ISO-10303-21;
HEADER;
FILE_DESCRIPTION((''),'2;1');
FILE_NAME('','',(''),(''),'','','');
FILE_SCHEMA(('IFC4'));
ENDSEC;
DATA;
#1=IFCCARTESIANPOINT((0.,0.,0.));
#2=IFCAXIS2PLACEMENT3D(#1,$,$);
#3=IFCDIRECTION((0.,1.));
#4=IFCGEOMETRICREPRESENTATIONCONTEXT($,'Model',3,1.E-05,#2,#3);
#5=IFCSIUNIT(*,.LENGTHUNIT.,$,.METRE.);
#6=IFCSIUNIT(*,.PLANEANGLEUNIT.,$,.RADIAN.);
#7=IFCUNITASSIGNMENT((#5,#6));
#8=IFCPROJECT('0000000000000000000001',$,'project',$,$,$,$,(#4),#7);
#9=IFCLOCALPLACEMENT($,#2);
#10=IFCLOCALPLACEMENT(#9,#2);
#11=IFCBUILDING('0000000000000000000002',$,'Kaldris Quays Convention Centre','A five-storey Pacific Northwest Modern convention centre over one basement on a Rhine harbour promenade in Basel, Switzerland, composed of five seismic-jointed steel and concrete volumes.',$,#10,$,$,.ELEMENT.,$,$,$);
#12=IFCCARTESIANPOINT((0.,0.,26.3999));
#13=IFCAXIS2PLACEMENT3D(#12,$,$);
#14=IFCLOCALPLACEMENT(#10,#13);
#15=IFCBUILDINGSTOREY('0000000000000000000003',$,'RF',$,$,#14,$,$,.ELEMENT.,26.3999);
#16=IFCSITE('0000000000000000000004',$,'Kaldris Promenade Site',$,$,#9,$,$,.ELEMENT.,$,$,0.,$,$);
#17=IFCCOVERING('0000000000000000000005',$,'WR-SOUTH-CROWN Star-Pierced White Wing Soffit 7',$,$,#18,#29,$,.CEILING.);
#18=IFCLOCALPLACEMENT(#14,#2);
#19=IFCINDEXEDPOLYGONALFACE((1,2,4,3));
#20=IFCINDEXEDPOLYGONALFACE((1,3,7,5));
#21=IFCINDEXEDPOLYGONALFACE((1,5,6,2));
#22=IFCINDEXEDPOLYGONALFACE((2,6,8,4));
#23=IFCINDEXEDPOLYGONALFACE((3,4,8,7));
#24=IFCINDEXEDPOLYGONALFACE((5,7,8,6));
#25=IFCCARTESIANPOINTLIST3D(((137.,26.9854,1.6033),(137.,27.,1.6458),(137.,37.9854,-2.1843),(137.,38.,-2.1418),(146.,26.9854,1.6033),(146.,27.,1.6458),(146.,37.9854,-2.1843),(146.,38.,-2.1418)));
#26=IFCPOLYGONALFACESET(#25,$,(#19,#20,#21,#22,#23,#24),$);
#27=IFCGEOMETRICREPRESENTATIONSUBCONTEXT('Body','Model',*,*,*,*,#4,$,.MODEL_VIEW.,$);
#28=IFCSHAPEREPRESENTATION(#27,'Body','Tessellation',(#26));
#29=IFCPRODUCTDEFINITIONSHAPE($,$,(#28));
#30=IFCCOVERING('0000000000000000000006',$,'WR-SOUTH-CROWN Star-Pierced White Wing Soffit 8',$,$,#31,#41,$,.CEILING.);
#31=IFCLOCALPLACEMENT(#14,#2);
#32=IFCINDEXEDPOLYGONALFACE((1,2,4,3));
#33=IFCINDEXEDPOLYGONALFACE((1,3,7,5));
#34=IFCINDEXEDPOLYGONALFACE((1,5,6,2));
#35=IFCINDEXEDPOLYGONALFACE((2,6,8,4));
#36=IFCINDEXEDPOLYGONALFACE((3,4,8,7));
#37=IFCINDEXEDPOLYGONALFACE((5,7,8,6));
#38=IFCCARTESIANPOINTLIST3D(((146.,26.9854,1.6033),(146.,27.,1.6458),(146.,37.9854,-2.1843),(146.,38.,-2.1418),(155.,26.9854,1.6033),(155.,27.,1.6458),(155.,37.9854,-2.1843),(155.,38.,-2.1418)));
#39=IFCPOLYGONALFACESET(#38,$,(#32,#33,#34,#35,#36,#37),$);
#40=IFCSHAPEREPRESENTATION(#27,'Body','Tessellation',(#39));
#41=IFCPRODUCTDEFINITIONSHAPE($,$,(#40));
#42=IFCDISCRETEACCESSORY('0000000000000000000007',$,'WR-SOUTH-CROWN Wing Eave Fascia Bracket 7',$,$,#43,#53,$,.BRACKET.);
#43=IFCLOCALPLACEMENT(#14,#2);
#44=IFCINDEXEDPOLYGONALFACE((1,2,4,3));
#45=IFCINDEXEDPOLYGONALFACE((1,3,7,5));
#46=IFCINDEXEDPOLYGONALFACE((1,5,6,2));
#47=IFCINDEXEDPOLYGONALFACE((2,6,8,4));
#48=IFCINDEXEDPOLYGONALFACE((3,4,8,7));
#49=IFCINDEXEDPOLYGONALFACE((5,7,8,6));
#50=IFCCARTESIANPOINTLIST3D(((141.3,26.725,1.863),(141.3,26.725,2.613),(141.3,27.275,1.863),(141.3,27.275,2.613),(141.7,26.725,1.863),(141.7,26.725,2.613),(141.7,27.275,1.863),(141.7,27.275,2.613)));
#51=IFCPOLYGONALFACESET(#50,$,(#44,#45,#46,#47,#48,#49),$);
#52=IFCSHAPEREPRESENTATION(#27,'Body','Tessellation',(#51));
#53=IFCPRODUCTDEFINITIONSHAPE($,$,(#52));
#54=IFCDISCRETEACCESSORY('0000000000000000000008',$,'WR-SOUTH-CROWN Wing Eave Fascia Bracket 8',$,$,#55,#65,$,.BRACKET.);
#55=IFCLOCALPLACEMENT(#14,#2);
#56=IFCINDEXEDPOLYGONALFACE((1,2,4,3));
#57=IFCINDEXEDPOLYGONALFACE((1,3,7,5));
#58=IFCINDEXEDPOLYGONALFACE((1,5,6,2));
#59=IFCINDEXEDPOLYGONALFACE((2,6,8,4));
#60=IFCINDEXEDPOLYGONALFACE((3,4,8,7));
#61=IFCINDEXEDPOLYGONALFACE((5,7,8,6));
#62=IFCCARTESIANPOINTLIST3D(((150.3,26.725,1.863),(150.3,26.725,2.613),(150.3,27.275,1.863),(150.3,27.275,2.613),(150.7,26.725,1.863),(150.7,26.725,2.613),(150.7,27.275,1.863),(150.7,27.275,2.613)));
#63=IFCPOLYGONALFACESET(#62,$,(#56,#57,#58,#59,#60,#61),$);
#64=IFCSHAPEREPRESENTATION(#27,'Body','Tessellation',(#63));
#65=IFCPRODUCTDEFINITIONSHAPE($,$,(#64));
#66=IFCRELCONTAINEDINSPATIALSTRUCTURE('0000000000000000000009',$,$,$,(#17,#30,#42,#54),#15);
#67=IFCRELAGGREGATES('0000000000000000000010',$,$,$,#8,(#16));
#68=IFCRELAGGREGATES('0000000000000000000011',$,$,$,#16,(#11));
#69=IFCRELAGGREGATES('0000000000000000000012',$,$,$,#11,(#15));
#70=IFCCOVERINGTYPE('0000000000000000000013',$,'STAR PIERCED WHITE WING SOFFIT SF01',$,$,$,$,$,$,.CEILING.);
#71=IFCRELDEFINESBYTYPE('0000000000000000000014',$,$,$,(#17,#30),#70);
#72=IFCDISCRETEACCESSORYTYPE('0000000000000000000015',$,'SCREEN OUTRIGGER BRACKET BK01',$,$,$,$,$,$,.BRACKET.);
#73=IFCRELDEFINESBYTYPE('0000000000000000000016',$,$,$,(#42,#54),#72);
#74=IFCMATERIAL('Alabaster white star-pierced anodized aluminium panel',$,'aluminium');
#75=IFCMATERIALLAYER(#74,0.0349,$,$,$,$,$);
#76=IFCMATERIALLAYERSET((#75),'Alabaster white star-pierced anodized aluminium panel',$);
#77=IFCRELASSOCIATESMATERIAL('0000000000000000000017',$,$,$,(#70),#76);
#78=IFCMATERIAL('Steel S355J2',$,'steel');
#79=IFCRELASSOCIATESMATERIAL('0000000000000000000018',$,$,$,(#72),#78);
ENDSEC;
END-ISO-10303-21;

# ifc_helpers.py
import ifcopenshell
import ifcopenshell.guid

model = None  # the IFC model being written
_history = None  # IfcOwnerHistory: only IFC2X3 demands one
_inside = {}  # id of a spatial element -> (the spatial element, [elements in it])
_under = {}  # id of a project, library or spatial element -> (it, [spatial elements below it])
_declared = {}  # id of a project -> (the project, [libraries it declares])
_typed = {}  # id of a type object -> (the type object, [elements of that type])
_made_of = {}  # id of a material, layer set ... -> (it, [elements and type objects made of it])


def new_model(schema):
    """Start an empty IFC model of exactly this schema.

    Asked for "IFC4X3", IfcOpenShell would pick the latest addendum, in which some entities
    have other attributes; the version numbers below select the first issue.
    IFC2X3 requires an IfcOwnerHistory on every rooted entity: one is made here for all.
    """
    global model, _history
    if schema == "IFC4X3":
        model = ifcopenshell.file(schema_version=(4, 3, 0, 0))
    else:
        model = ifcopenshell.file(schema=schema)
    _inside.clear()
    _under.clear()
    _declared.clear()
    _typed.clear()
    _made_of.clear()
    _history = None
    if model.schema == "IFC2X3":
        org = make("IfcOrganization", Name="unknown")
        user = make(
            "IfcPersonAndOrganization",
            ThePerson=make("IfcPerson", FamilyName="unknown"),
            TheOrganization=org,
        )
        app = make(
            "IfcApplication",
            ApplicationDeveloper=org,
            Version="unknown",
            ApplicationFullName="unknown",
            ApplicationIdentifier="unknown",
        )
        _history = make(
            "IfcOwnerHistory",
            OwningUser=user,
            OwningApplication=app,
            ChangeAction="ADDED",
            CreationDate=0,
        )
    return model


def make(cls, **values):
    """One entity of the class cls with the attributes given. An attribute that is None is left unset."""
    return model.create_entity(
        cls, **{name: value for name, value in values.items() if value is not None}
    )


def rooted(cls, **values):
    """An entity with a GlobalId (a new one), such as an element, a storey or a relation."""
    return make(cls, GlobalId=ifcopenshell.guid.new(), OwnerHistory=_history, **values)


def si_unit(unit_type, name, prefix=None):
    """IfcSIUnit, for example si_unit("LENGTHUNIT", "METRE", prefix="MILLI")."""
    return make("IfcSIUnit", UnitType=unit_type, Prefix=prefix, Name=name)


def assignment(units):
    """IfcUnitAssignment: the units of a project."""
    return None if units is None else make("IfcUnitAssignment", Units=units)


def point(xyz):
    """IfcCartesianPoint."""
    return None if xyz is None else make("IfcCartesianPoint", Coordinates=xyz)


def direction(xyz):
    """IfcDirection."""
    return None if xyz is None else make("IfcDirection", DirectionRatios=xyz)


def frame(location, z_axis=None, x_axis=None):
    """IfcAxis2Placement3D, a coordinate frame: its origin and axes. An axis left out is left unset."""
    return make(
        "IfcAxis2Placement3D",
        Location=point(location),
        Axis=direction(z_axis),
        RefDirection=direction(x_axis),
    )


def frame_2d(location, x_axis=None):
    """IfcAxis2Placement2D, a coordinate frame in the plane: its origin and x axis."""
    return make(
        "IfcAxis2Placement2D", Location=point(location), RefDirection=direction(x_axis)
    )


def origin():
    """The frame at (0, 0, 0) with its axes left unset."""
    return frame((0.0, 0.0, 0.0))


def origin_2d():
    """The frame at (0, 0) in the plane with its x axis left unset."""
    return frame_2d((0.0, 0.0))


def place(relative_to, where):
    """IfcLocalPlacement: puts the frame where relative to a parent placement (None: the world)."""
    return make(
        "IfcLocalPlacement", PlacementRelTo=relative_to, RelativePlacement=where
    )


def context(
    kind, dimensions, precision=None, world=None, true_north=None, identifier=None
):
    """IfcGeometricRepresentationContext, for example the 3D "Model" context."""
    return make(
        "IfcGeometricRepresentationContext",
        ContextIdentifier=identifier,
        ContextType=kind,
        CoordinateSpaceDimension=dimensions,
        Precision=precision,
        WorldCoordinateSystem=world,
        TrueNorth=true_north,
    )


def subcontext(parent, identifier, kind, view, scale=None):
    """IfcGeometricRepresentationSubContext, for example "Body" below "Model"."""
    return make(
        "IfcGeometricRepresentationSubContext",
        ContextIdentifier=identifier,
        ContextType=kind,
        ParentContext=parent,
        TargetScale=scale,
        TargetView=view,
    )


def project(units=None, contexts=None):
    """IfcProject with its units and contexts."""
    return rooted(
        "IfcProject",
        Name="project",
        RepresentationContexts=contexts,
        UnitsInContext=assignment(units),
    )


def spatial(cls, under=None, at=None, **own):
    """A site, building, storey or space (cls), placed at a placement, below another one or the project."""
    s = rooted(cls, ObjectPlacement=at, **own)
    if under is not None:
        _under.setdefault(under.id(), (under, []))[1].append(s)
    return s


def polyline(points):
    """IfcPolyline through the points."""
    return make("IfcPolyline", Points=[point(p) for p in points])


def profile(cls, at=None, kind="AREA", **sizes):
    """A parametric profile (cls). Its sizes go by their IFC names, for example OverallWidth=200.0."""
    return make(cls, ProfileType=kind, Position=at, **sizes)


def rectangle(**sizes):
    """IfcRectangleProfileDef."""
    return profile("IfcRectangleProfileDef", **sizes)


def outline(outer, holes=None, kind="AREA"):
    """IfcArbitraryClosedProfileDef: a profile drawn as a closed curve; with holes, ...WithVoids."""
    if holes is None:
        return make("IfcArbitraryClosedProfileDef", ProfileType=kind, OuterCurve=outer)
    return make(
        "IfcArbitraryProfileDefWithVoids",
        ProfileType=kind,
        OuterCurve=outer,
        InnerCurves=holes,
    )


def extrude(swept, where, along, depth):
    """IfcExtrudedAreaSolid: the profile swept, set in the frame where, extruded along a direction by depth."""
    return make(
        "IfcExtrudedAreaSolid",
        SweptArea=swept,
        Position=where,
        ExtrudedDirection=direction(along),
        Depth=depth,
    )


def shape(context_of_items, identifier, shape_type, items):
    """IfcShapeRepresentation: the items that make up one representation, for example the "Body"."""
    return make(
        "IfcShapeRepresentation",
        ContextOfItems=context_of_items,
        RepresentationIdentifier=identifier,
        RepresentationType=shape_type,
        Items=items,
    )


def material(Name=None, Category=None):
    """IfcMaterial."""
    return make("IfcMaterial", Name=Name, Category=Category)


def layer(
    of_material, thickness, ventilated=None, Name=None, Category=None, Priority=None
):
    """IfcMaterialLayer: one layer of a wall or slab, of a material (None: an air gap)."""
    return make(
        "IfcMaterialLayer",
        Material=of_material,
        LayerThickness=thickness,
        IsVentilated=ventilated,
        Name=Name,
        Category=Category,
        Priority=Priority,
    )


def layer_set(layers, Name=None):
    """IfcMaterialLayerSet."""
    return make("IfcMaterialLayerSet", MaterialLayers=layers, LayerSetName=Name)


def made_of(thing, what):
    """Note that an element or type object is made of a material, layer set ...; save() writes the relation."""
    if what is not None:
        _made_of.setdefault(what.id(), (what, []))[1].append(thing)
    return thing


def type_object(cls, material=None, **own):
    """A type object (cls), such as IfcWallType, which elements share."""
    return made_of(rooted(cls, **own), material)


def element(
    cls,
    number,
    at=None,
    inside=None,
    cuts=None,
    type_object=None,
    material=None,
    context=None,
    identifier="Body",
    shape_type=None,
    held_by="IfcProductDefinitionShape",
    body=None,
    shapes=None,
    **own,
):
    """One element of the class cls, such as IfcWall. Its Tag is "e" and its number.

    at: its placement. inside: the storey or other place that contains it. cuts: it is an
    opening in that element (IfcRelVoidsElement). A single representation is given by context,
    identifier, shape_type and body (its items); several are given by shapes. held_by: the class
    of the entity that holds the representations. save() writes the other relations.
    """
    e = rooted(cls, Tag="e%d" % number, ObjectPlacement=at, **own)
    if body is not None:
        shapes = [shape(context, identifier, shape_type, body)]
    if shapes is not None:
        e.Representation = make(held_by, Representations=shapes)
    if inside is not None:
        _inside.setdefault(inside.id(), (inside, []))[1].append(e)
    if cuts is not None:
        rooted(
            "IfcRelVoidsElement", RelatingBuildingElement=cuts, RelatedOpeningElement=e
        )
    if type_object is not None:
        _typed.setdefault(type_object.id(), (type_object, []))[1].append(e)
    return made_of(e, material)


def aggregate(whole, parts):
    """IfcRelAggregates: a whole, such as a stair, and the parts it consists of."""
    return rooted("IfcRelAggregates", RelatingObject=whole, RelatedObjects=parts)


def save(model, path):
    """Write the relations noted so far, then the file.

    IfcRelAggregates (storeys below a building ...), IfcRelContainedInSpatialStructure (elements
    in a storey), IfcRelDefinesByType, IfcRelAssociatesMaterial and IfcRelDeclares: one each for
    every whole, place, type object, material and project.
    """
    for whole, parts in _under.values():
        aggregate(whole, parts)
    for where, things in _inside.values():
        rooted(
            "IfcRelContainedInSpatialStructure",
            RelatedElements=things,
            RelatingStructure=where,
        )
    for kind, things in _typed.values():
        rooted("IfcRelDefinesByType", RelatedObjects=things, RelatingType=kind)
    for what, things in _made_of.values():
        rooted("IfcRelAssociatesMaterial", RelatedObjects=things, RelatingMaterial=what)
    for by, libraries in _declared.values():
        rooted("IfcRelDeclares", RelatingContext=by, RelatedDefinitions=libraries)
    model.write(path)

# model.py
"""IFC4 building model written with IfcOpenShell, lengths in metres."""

from ifc_helpers import new_model, si_unit, direction, frame, origin, origin_2d, place, context, subcontext, project, spatial, polyline, rectangle, outline, extrude, material, layer, layer_set, type_object, element, save


model = new_model("IFC4")

# Units and contexts
model_context = context("Model", 3, precision=1e-05, world=origin(), true_north=direction((0.0, 1.0)))
body_context = subcontext(model_context, "Body", "Model", "MODEL_VIEW")
ifc_project = project(units=[si_unit("LENGTHUNIT", "METRE"), si_unit("PLANEANGLEUNIT", "RADIAN")], contexts=[model_context])

# Site, building, storey
site_placement = place(None, origin())
site = spatial("IfcSite", under=ifc_project, at=site_placement, Name="Kaldris Promenade Site", CompositionType="ELEMENT", RefElevation=0.0)
building_placement = place(site_placement, origin())
building = spatial("IfcBuilding", under=site, at=building_placement, Name="Kaldris Quays Convention Centre", Description="A five-storey Pacific Northwest Modern convention centre over one basement on a Rhine harbour promenade in Basel, Switzerland, composed of five seismic-jointed steel and concrete volumes.", CompositionType="ELEMENT")
storey_placement = place(building_placement, frame((0.0, 0.0, 26.3999)))
storey = spatial("IfcBuildingStorey", under=building, at=storey_placement, Name="RF", CompositionType="ELEMENT", Elevation=26.3999)

# Shared definitions
ifc_material_1 = material(Name="Steel S355J2", Category="steel")

# Shared definitions
ifc_material_2 = material(Name="Alabaster white star-pierced anodized aluminium panel", Category="aluminium")

# Coverings
ifc_layer_1 = layer(ifc_material_2, 0.0349)
ifc_layer_set_1 = layer_set([ifc_layer_1], Name="Alabaster white star-pierced anodized aluminium panel")
covering_type_1 = type_object("IfcCoveringType", Name="STAR PIERCED WHITE WING SOFFIT SF01", PredefinedType="CEILING", material=ifc_layer_set_1)
for number, where, z_axis, x_axis, name in (
    (1, (137.0, 27.0, 1.6458), (0.0, 0.325568, 0.945519), (1.0, 0.0, 0.0), "WR-SOUTH-CROWN Star-Pierced White Wing Soffit 7"),
    (2, (146.0, 27.0, 1.6458), (0.0, 0.325568, 0.945519), (1.0, 0.0, 0.0), "WR-SOUTH-CROWN Star-Pierced White Wing Soffit 8"),
):
    element("IfcCovering", number, at=place(storey_placement, frame(where, z_axis=z_axis, x_axis=x_axis)), inside=storey, type_object=covering_type_1, Name=name, PredefinedType="CEILING", context=body_context, shape_type="SweptSolid", body=[
        extrude(outline(polyline([(0.0, 0.0), (9.0, 0.0), (9.0, 11.6338), (0.0, 11.6338), (0.0, 0.0)])), origin(), (0.0, 0.0, -1.0), 0.0449),
    ])

# Discrete accessories
discrete_accessory_type = type_object("IfcDiscreteAccessoryType", Name="SCREEN OUTRIGGER BRACKET BK01", PredefinedType="BRACKET", material=ifc_material_1)
for number, where, z_axis, x_axis, name in (
    (3, (141.5, 27.0, 1.863), (0.0, 0.0, 1.0), (1.0, 0.0, 0.0), "WR-SOUTH-CROWN Wing Eave Fascia Bracket 7"),
    (4, (150.5, 27.0, 1.863), (0.0, 0.0, 1.0), (1.0, 0.0, 0.0), "WR-SOUTH-CROWN Wing Eave Fascia Bracket 8"),
):
    element("IfcDiscreteAccessory", number, at=place(storey_placement, frame(where, z_axis=z_axis, x_axis=x_axis)), inside=storey, type_object=discrete_accessory_type, Name=name, PredefinedType="BRACKET", context=body_context, shape_type="SweptSolid", body=[
        extrude(rectangle(XDim=0.3999, YDim=0.55, at=origin_2d()), origin(), (0.0, 0.0, 1.0), 0.75),
    ])

save(model, "model.ifc")
